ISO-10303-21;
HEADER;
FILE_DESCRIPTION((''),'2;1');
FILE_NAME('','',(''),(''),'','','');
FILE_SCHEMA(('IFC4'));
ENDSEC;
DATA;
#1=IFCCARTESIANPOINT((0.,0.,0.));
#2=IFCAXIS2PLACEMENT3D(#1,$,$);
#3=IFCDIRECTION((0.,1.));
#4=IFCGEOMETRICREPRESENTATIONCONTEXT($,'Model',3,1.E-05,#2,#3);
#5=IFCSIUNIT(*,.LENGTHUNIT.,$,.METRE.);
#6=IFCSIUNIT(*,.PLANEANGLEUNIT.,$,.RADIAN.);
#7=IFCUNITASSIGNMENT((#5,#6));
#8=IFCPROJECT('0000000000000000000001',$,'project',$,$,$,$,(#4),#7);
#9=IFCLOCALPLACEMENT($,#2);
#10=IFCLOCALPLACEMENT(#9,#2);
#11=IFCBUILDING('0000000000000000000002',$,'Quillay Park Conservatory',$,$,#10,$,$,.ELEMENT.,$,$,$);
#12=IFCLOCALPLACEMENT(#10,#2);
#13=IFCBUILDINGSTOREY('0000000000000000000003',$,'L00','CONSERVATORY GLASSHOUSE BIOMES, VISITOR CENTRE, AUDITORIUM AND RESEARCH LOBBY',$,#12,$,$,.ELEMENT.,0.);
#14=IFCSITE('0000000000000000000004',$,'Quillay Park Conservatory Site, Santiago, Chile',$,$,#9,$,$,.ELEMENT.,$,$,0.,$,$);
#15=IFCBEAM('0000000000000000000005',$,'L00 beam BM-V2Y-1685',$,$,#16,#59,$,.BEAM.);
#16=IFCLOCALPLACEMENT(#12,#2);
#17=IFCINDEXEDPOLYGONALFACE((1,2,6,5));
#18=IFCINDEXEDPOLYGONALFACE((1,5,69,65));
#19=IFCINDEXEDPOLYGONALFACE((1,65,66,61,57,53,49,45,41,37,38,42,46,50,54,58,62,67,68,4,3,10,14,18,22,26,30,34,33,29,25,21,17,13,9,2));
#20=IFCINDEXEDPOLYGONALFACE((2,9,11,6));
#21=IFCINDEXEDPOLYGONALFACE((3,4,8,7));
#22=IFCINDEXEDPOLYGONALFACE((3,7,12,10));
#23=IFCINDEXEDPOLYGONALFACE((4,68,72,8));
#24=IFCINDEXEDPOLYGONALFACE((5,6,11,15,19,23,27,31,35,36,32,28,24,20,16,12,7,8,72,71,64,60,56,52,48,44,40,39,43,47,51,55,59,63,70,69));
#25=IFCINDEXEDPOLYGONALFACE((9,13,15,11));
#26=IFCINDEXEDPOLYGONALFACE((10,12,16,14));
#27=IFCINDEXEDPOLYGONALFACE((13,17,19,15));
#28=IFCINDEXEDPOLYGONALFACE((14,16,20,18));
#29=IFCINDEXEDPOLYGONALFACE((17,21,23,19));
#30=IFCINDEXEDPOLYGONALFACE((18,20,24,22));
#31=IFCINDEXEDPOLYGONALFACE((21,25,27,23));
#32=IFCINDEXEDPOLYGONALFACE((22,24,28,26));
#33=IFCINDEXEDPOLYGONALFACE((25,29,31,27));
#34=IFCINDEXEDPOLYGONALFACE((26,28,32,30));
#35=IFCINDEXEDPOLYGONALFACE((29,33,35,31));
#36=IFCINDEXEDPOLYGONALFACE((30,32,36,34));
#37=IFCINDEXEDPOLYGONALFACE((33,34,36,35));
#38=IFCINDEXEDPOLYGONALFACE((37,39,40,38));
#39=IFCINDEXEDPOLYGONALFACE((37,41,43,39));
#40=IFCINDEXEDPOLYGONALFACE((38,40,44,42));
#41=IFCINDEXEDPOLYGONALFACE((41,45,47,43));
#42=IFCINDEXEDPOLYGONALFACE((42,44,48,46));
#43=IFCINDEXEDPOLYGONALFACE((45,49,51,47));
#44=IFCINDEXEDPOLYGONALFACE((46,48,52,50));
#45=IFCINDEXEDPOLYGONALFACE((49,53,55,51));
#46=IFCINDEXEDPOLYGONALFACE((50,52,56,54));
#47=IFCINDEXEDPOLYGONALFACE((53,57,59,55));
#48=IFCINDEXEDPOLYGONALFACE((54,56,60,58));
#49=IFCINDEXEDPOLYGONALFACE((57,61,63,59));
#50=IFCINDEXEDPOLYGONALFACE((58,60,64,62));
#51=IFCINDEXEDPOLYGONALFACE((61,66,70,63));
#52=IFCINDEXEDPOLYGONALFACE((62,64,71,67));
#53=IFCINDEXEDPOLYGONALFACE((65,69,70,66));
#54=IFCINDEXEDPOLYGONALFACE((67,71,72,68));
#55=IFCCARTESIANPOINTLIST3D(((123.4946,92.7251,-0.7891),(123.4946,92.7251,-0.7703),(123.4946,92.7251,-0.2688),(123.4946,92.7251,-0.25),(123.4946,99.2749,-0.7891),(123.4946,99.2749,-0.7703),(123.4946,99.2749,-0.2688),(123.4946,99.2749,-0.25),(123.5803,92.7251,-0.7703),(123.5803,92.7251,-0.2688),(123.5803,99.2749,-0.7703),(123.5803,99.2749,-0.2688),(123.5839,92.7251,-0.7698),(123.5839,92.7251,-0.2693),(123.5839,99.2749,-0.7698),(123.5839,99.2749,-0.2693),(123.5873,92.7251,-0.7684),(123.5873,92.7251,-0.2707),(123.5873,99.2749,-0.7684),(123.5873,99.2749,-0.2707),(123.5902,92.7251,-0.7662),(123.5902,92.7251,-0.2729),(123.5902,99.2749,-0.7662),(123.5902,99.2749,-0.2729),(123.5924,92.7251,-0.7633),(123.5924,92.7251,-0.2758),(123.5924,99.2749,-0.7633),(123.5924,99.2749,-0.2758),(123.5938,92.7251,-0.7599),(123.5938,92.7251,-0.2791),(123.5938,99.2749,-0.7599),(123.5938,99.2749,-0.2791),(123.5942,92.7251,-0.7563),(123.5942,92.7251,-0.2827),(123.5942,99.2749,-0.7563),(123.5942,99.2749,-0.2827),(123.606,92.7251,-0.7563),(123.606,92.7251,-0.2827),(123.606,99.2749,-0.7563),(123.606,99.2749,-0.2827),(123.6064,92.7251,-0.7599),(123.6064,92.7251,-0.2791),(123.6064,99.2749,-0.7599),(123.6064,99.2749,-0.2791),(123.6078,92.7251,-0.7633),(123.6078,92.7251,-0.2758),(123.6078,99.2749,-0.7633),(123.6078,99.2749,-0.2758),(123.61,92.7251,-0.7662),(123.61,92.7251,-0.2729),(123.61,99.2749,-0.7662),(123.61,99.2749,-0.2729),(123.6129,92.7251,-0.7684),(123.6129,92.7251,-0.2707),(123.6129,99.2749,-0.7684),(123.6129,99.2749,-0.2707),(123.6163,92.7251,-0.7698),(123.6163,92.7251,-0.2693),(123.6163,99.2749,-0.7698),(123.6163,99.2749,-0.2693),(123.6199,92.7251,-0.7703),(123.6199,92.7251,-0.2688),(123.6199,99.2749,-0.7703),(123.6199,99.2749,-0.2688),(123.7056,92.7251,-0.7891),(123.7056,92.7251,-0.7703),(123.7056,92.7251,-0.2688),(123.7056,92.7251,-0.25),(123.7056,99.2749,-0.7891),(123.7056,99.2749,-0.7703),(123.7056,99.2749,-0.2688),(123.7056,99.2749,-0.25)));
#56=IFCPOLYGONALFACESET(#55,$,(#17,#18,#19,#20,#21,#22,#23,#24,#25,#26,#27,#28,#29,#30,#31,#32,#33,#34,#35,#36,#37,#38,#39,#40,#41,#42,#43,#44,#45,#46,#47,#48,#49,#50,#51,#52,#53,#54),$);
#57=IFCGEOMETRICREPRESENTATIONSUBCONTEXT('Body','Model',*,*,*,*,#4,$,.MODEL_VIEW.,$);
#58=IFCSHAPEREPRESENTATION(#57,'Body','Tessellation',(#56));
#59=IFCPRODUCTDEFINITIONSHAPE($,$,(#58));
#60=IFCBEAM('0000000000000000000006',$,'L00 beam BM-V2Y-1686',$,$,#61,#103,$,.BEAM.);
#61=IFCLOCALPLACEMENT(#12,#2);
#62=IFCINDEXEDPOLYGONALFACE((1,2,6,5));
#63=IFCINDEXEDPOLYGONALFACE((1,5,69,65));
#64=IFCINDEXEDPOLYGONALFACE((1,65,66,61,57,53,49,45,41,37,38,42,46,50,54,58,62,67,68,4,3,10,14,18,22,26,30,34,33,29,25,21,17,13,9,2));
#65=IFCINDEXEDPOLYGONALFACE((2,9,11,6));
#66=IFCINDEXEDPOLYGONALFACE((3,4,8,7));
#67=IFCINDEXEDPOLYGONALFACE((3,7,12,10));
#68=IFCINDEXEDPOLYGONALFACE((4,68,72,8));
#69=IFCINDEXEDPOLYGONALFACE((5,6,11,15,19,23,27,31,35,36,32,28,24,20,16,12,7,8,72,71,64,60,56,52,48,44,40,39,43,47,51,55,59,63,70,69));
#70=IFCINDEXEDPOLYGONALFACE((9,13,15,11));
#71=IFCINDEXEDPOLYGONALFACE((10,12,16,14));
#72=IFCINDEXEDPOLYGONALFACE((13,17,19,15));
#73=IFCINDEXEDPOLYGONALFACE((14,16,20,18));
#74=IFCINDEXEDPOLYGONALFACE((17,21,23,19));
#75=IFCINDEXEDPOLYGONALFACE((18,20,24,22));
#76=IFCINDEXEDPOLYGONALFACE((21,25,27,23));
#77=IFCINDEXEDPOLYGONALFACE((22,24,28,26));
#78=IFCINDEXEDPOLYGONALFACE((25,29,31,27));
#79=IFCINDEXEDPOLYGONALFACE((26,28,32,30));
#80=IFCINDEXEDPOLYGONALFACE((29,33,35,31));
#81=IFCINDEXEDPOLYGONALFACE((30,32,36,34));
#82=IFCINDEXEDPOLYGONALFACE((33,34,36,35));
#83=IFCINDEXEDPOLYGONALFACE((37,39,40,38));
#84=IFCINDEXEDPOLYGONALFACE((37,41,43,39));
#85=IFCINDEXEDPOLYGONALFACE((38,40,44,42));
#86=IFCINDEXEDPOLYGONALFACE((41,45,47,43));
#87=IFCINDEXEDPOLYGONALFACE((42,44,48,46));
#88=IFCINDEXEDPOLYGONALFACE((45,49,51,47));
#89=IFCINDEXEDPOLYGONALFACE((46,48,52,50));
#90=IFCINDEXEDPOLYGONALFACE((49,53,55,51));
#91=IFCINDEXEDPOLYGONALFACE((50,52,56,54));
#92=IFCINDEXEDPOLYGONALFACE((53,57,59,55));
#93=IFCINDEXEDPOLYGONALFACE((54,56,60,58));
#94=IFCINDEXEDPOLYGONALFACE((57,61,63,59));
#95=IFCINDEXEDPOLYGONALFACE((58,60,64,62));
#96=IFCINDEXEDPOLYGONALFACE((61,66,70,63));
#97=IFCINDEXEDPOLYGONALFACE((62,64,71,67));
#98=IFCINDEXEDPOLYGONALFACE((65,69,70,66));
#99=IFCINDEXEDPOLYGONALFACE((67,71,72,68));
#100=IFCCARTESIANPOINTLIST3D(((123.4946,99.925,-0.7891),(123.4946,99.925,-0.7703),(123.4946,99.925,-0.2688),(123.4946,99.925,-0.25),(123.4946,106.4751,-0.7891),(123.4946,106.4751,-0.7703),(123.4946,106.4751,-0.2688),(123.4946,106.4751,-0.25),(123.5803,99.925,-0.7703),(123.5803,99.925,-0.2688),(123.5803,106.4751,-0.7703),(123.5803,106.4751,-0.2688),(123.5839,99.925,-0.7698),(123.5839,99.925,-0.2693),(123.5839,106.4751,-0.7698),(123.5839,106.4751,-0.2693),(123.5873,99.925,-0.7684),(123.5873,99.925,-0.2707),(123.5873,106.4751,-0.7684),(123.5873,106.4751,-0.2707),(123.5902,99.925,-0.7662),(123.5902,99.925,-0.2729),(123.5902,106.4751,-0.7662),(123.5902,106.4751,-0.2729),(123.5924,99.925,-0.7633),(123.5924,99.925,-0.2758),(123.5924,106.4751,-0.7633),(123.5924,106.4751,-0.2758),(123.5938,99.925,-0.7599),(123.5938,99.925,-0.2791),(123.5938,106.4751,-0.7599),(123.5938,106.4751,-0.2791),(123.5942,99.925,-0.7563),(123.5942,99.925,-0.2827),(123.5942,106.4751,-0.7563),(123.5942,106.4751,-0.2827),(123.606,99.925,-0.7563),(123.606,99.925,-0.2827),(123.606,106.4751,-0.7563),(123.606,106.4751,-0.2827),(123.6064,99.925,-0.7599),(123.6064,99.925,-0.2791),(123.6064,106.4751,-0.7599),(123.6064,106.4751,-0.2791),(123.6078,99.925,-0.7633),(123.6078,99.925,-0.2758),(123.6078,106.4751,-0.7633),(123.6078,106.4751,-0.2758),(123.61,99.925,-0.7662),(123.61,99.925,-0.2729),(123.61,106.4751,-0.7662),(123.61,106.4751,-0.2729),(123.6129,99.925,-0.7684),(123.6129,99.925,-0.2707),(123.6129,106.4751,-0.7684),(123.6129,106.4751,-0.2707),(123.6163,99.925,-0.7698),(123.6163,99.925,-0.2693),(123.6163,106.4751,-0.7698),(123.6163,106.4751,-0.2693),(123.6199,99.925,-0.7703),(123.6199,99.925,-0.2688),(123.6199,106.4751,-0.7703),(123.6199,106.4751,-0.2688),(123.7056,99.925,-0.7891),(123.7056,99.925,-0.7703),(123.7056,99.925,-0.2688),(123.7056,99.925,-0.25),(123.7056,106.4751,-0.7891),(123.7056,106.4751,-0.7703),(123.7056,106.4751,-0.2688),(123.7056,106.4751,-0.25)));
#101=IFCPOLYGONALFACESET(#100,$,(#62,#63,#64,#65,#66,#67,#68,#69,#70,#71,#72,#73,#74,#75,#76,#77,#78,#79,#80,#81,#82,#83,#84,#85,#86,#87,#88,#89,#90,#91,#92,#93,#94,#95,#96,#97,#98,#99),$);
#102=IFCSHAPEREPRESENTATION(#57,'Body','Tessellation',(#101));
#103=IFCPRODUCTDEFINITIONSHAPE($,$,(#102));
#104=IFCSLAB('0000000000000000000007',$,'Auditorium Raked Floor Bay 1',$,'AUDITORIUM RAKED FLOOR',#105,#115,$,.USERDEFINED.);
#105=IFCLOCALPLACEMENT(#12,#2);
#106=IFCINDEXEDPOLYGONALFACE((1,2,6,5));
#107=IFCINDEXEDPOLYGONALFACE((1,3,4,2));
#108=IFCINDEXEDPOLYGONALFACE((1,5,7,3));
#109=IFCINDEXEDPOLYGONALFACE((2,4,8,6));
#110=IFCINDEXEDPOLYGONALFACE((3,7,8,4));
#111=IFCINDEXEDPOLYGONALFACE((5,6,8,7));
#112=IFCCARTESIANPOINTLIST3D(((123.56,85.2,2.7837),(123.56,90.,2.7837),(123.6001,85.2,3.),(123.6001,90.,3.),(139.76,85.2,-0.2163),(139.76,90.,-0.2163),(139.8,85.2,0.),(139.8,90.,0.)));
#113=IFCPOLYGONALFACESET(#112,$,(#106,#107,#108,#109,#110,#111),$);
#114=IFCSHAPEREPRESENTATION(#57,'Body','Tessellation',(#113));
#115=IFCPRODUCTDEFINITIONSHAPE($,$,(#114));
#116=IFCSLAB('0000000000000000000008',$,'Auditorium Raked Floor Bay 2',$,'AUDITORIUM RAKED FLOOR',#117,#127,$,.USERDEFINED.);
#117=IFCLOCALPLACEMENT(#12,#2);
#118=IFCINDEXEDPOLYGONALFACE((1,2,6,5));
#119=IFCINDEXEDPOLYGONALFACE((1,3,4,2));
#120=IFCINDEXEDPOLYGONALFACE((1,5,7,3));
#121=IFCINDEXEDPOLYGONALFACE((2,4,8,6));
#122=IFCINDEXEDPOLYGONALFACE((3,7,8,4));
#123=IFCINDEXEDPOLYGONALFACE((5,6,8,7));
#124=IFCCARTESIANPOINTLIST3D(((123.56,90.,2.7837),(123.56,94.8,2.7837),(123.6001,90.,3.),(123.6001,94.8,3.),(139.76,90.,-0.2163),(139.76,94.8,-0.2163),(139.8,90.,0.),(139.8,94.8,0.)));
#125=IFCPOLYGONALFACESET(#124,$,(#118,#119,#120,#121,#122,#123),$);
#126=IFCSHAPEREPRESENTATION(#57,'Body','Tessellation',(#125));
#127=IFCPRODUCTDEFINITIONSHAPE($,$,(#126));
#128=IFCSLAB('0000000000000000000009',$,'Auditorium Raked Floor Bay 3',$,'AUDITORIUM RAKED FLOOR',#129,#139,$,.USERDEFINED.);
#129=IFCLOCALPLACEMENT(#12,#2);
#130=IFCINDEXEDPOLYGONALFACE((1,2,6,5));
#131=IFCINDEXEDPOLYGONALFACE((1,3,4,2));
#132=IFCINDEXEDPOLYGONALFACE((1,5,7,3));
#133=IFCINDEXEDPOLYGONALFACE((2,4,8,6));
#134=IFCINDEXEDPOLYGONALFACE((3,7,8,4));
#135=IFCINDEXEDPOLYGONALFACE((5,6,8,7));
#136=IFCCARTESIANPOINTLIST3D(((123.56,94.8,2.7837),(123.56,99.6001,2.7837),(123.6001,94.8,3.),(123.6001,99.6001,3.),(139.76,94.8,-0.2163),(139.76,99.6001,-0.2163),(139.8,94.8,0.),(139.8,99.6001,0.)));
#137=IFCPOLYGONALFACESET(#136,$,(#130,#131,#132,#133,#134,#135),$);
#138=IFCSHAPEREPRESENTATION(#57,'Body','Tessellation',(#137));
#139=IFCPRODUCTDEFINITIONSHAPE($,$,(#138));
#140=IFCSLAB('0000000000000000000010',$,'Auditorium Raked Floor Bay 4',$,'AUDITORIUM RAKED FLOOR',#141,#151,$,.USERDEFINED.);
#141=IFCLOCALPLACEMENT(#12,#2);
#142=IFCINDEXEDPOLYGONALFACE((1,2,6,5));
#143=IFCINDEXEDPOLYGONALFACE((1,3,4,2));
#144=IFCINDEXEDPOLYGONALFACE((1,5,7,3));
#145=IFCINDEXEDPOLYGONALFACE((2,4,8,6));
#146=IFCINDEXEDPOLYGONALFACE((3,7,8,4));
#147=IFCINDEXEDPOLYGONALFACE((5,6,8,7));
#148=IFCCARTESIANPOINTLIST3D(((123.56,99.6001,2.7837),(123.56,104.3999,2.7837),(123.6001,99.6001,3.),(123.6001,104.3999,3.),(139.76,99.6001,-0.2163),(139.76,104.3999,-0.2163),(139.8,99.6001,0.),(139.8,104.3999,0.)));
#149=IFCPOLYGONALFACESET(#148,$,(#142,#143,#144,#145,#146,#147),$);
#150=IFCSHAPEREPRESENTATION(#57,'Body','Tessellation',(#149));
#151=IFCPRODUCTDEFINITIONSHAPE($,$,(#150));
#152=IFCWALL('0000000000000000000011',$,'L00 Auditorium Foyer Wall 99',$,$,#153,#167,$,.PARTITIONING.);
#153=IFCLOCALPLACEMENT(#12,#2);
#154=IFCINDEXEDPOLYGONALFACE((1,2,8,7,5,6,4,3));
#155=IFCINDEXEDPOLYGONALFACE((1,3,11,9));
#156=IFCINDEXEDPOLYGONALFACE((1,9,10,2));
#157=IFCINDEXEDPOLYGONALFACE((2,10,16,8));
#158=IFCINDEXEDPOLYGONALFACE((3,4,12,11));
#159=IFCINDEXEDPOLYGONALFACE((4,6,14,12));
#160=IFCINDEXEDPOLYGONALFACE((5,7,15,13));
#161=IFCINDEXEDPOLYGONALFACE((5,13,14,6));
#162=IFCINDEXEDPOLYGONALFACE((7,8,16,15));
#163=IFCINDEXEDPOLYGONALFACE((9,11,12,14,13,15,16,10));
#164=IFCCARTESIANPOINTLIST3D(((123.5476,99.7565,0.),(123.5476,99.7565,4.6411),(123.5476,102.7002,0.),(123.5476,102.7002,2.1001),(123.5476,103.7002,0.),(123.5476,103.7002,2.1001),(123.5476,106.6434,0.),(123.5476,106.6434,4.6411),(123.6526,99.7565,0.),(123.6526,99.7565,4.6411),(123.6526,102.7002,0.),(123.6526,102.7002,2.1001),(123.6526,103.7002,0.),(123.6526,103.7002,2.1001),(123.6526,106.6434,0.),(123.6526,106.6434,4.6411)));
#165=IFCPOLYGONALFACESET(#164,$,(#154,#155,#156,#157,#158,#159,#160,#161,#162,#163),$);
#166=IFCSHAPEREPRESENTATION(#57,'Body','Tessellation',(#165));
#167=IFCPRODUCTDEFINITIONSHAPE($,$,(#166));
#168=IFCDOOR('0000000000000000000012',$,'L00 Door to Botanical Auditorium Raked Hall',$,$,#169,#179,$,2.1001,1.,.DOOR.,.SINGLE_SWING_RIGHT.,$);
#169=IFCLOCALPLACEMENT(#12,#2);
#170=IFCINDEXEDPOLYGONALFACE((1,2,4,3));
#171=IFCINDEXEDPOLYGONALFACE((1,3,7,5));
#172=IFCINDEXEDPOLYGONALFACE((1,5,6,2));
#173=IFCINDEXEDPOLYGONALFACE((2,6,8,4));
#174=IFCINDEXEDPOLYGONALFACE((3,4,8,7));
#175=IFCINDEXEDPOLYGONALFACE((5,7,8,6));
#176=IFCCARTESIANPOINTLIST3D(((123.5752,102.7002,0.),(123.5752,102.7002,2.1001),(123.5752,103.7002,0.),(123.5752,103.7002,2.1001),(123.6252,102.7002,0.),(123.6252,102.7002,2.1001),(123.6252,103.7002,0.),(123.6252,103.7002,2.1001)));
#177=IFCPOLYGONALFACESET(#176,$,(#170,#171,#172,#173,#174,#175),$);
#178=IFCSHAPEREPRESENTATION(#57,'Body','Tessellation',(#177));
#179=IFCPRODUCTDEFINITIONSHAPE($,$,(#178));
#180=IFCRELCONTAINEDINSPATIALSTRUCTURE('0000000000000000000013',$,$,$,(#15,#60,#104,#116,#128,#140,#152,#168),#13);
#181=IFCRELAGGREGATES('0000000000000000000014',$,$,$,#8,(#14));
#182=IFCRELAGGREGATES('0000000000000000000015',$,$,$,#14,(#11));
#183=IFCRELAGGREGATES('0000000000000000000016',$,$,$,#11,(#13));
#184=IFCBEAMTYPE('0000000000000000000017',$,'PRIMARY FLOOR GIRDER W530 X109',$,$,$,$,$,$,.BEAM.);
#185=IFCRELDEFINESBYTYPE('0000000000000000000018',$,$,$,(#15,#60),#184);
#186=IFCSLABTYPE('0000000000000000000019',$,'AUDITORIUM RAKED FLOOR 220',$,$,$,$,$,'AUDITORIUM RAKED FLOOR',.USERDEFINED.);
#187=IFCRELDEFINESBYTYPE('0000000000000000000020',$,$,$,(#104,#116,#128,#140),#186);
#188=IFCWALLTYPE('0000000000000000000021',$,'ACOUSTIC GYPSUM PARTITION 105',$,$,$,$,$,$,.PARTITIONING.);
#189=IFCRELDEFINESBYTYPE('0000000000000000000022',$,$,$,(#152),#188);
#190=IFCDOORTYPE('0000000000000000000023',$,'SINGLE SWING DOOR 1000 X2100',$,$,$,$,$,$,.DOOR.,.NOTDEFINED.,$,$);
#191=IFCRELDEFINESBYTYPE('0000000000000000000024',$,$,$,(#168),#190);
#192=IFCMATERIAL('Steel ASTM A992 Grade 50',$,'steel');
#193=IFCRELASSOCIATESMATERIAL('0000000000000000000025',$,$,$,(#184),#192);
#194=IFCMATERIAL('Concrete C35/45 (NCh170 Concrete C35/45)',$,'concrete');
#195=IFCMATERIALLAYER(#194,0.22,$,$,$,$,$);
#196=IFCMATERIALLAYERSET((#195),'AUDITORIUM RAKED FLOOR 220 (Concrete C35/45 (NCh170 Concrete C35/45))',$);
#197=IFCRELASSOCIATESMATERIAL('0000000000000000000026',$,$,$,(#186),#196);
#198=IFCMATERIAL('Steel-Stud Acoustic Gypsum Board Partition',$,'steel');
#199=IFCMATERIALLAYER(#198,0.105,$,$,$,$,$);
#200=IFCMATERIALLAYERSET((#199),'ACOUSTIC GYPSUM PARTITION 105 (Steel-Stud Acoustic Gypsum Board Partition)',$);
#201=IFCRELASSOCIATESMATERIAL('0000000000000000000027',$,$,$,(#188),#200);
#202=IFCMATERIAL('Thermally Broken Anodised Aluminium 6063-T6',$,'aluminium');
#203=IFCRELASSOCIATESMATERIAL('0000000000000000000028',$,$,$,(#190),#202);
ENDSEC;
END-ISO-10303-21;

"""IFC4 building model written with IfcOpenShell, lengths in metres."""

from ifc_helpers import new_model, si_unit, direction, frame, frame_2d, origin, origin_2d, place, context, subcontext, project, spatial, polyline, rectangle, i_section, outline, extrude, material, layer, layer_set, material_profile, profile_set, type_object, element, fill, save


model = new_model("IFC4")

# Units and contexts
model_context = context("Model", 3, precision=1e-05, world=origin(), true_north=direction((0.0, 1.0)))
body_context = subcontext(model_context, "Body", "Model", "MODEL_VIEW")
ifc_project = project(units=[si_unit("LENGTHUNIT", "METRE"), si_unit("PLANEANGLEUNIT", "RADIAN")], contexts=[model_context])

# Site, building, storey
site_placement = place(None, origin())
site = spatial("IfcSite", under=ifc_project, at=site_placement, Name="Quillay Park Conservatory Site, Santiago, Chile", CompositionType="ELEMENT", RefElevation=0.0)
building_placement = place(site_placement, origin())
building = spatial("IfcBuilding", under=site, at=building_placement, Name="Quillay Park Conservatory", CompositionType="ELEMENT")
storey_placement = place(building_placement, origin())
storey = spatial("IfcBuildingStorey", under=building, at=storey_placement, Name="L00", Description="CONSERVATORY GLASSHOUSE BIOMES, VISITOR CENTRE, AUDITORIUM AND RESEARCH LOBBY", CompositionType="ELEMENT", Elevation=0.0)

# Beams
ifc_material_1 = material(Name="Steel ASTM A992 Grade 50", Category="steel")
ifc_material_profile_1 = material_profile(ifc_material_1, i_section(OverallWidth=0.2109, OverallDepth=0.5391, WebThickness=0.0117, FlangeThickness=0.0188, FilletRadius=0.0139, at=origin_2d()), Name="W530x109")
ifc_profile_set_1 = profile_set([ifc_material_profile_1], Name="Steel ASTM A992 Grade 50")
beam_type_1 = type_object("IfcBeamType", Name="PRIMARY FLOOR GIRDER W530 X109", PredefinedType="BEAM", material=ifc_profile_set_1)
beam_1_placement = place(storey_placement, frame((123.6001, 92.7251, -0.5195), z_axis=(0.0, 1.0, 0.0), x_axis=(-1.0, 0.0, 0.0)))
element("IfcBeam", 1, at=beam_1_placement, inside=storey, type_object=beam_type_1, Name="L00 beam BM-V2Y-1685", PredefinedType="BEAM", context=body_context, shape_type="SweptSolid", body=[
    extrude(i_section(OverallWidth=0.2109, OverallDepth=0.5391, WebThickness=0.0117, FlangeThickness=0.0188, FilletRadius=0.0139, at=origin_2d()), origin(), (0.0, 0.0, 1.0), 6.5498),
])
beam_2_placement = place(storey_placement, frame((123.6001, 99.925, -0.5195), z_axis=(0.0, 1.0, 0.0), x_axis=(-1.0, 0.0, 0.0)))
element("IfcBeam", 2, at=beam_2_placement, inside=storey, type_object=beam_type_1, Name="L00 beam BM-V2Y-1686", PredefinedType="BEAM", context=body_context, shape_type="SweptSolid", body=[
    extrude(i_section(OverallWidth=0.2109, OverallDepth=0.5391, WebThickness=0.0117, FlangeThickness=0.0188, FilletRadius=0.0139, at=origin_2d()), origin(), (0.0, 0.0, 1.0), 6.55),
])

# Slabs
ifc_material_2 = material(Name="Concrete C35/45 (NCh170 Concrete C35/45)", Category="concrete")
ifc_layer_1 = layer(ifc_material_2, 0.22)
ifc_layer_set_1 = layer_set([ifc_layer_1], Name="AUDITORIUM RAKED FLOOR 220 (Concrete C35/45 (NCh170 Concrete C35/45))")
slab_type = type_object("IfcSlabType", Name="AUDITORIUM RAKED FLOOR 220", ElementType="AUDITORIUM RAKED FLOOR", PredefinedType="USERDEFINED", material=ifc_layer_set_1)
for number, where, z_axis, x_axis, name in (
    (3, (123.6001, 85.2, 3.0), (0.18209, 0.0, 0.983282), (0.983282, 0.0, -0.18209), "Auditorium Raked Floor Bay 1"),
    (4, (123.6001, 90.0, 3.0), (0.18209, 0.0, 0.983282), (0.983282, 0.0, -0.18209), "Auditorium Raked Floor Bay 2"),
    (5, (123.6001, 94.8, 3.0), (0.18209, 0.0, 0.983282), (0.983282, 0.0, -0.18209), "Auditorium Raked Floor Bay 3"),
):
    element("IfcSlab", number, at=place(storey_placement, frame(where, z_axis=z_axis, x_axis=x_axis)), inside=storey, type_object=slab_type, Name=name, ObjectType="AUDITORIUM RAKED FLOOR", PredefinedType="USERDEFINED", context=body_context, shape_type="SweptSolid", body=[
        extrude(outline(polyline([(0.0, 0.0), (16.4754, 0.0), (16.4754, 4.8), (0.0, 4.8), (0.0, 0.0)])), origin(), (0.0, 0.0, -1.0), 0.22),
    ])
slab_placement = place(storey_placement, frame((123.6001, 99.6001, 3.0), z_axis=(0.18209, 0.0, 0.983282), x_axis=(0.983282, 0.0, -0.18209)))
element("IfcSlab", 6, at=slab_placement, inside=storey, type_object=slab_type, Name="Auditorium Raked Floor Bay 4", ObjectType="AUDITORIUM RAKED FLOOR", PredefinedType="USERDEFINED", context=body_context, shape_type="SweptSolid", body=[
    extrude(outline(polyline([(0.0, 0.0), (16.4754, 0.0), (16.4754, 4.7998), (0.0, 4.7998), (0.0, 0.0)])), origin(), (0.0, 0.0, -1.0), 0.22),
])

# Wall, opening, door
ifc_material_3 = material(Name="Steel-Stud Acoustic Gypsum Board Partition", Category="steel")
ifc_layer_2 = layer(ifc_material_3, 0.105)
ifc_layer_set_2 = layer_set([ifc_layer_2], Name="ACOUSTIC GYPSUM PARTITION 105 (Steel-Stud Acoustic Gypsum Board Partition)")
wall_type_1 = type_object("IfcWallType", Name="ACOUSTIC GYPSUM PARTITION 105", PredefinedType="PARTITIONING", material=ifc_layer_set_2)
wall_1_placement = place(storey_placement, frame((123.6001, 99.7566, 0.0), z_axis=(0.0, 0.0, 1.0), x_axis=(0.0, 1.0, 0.0)))
wall_1 = element("IfcWall", 7, at=wall_1_placement, inside=storey, type_object=wall_type_1, Name="L00 Auditorium Foyer Wall 99", PredefinedType="PARTITIONING", context=body_context, shape_type="SweptSolid", body=[
    extrude(rectangle(XDim=6.887, YDim=0.105, at=frame_2d((3.4434, 0.0))), origin(), (0.0, 0.0, 1.0), 4.6411),
])
opening_1_placement = place(wall_1_placement, frame((2.9436, 0.0, 0.0)))
opening_1 = element("IfcOpeningElement", 8, at=opening_1_placement, cuts=wall_1, PredefinedType="OPENING", context=body_context, shape_type="SweptSolid", body=[
    extrude(rectangle(XDim=1.0, YDim=2.1001, at=frame_2d((0.5, 1.05))), frame((0.0, 0.0525, 0.0), z_axis=(0.0, -1.0, 0.0), x_axis=(1.0, 0.0, 0.0)), (0.0, 0.0, 1.0), 0.105),
])
ifc_material_4 = material(Name="Thermally Broken Anodised Aluminium 6063-T6", Category="aluminium")
door_type_1 = type_object("IfcDoorType", Name="SINGLE SWING DOOR 1000 X2100", OperationType="NOTDEFINED", PredefinedType="DOOR", material=ifc_material_4)
door_1_placement = place(opening_1_placement, origin())
door_1 = element("IfcDoor", 9, at=door_1_placement, inside=storey, type_object=door_type_1, Name="L00 Door to Botanical Auditorium Raked Hall", OperationType="SINGLE_SWING_RIGHT", OverallHeight=2.1001, OverallWidth=1.0, PredefinedType="DOOR", context=body_context, shape_type="SweptSolid", body=[
    extrude(rectangle(XDim=1.0, YDim=2.1001, at=frame_2d((0.5, 1.05))), frame((0.0, 0.0249, 0.0), z_axis=(0.0, -1.0, 0.0), x_axis=(1.0, 0.0, 0.0)), (0.0, 0.0, 1.0), 0.05),
])
fill(opening_1, door_1)

save(model, "model.ifc")
